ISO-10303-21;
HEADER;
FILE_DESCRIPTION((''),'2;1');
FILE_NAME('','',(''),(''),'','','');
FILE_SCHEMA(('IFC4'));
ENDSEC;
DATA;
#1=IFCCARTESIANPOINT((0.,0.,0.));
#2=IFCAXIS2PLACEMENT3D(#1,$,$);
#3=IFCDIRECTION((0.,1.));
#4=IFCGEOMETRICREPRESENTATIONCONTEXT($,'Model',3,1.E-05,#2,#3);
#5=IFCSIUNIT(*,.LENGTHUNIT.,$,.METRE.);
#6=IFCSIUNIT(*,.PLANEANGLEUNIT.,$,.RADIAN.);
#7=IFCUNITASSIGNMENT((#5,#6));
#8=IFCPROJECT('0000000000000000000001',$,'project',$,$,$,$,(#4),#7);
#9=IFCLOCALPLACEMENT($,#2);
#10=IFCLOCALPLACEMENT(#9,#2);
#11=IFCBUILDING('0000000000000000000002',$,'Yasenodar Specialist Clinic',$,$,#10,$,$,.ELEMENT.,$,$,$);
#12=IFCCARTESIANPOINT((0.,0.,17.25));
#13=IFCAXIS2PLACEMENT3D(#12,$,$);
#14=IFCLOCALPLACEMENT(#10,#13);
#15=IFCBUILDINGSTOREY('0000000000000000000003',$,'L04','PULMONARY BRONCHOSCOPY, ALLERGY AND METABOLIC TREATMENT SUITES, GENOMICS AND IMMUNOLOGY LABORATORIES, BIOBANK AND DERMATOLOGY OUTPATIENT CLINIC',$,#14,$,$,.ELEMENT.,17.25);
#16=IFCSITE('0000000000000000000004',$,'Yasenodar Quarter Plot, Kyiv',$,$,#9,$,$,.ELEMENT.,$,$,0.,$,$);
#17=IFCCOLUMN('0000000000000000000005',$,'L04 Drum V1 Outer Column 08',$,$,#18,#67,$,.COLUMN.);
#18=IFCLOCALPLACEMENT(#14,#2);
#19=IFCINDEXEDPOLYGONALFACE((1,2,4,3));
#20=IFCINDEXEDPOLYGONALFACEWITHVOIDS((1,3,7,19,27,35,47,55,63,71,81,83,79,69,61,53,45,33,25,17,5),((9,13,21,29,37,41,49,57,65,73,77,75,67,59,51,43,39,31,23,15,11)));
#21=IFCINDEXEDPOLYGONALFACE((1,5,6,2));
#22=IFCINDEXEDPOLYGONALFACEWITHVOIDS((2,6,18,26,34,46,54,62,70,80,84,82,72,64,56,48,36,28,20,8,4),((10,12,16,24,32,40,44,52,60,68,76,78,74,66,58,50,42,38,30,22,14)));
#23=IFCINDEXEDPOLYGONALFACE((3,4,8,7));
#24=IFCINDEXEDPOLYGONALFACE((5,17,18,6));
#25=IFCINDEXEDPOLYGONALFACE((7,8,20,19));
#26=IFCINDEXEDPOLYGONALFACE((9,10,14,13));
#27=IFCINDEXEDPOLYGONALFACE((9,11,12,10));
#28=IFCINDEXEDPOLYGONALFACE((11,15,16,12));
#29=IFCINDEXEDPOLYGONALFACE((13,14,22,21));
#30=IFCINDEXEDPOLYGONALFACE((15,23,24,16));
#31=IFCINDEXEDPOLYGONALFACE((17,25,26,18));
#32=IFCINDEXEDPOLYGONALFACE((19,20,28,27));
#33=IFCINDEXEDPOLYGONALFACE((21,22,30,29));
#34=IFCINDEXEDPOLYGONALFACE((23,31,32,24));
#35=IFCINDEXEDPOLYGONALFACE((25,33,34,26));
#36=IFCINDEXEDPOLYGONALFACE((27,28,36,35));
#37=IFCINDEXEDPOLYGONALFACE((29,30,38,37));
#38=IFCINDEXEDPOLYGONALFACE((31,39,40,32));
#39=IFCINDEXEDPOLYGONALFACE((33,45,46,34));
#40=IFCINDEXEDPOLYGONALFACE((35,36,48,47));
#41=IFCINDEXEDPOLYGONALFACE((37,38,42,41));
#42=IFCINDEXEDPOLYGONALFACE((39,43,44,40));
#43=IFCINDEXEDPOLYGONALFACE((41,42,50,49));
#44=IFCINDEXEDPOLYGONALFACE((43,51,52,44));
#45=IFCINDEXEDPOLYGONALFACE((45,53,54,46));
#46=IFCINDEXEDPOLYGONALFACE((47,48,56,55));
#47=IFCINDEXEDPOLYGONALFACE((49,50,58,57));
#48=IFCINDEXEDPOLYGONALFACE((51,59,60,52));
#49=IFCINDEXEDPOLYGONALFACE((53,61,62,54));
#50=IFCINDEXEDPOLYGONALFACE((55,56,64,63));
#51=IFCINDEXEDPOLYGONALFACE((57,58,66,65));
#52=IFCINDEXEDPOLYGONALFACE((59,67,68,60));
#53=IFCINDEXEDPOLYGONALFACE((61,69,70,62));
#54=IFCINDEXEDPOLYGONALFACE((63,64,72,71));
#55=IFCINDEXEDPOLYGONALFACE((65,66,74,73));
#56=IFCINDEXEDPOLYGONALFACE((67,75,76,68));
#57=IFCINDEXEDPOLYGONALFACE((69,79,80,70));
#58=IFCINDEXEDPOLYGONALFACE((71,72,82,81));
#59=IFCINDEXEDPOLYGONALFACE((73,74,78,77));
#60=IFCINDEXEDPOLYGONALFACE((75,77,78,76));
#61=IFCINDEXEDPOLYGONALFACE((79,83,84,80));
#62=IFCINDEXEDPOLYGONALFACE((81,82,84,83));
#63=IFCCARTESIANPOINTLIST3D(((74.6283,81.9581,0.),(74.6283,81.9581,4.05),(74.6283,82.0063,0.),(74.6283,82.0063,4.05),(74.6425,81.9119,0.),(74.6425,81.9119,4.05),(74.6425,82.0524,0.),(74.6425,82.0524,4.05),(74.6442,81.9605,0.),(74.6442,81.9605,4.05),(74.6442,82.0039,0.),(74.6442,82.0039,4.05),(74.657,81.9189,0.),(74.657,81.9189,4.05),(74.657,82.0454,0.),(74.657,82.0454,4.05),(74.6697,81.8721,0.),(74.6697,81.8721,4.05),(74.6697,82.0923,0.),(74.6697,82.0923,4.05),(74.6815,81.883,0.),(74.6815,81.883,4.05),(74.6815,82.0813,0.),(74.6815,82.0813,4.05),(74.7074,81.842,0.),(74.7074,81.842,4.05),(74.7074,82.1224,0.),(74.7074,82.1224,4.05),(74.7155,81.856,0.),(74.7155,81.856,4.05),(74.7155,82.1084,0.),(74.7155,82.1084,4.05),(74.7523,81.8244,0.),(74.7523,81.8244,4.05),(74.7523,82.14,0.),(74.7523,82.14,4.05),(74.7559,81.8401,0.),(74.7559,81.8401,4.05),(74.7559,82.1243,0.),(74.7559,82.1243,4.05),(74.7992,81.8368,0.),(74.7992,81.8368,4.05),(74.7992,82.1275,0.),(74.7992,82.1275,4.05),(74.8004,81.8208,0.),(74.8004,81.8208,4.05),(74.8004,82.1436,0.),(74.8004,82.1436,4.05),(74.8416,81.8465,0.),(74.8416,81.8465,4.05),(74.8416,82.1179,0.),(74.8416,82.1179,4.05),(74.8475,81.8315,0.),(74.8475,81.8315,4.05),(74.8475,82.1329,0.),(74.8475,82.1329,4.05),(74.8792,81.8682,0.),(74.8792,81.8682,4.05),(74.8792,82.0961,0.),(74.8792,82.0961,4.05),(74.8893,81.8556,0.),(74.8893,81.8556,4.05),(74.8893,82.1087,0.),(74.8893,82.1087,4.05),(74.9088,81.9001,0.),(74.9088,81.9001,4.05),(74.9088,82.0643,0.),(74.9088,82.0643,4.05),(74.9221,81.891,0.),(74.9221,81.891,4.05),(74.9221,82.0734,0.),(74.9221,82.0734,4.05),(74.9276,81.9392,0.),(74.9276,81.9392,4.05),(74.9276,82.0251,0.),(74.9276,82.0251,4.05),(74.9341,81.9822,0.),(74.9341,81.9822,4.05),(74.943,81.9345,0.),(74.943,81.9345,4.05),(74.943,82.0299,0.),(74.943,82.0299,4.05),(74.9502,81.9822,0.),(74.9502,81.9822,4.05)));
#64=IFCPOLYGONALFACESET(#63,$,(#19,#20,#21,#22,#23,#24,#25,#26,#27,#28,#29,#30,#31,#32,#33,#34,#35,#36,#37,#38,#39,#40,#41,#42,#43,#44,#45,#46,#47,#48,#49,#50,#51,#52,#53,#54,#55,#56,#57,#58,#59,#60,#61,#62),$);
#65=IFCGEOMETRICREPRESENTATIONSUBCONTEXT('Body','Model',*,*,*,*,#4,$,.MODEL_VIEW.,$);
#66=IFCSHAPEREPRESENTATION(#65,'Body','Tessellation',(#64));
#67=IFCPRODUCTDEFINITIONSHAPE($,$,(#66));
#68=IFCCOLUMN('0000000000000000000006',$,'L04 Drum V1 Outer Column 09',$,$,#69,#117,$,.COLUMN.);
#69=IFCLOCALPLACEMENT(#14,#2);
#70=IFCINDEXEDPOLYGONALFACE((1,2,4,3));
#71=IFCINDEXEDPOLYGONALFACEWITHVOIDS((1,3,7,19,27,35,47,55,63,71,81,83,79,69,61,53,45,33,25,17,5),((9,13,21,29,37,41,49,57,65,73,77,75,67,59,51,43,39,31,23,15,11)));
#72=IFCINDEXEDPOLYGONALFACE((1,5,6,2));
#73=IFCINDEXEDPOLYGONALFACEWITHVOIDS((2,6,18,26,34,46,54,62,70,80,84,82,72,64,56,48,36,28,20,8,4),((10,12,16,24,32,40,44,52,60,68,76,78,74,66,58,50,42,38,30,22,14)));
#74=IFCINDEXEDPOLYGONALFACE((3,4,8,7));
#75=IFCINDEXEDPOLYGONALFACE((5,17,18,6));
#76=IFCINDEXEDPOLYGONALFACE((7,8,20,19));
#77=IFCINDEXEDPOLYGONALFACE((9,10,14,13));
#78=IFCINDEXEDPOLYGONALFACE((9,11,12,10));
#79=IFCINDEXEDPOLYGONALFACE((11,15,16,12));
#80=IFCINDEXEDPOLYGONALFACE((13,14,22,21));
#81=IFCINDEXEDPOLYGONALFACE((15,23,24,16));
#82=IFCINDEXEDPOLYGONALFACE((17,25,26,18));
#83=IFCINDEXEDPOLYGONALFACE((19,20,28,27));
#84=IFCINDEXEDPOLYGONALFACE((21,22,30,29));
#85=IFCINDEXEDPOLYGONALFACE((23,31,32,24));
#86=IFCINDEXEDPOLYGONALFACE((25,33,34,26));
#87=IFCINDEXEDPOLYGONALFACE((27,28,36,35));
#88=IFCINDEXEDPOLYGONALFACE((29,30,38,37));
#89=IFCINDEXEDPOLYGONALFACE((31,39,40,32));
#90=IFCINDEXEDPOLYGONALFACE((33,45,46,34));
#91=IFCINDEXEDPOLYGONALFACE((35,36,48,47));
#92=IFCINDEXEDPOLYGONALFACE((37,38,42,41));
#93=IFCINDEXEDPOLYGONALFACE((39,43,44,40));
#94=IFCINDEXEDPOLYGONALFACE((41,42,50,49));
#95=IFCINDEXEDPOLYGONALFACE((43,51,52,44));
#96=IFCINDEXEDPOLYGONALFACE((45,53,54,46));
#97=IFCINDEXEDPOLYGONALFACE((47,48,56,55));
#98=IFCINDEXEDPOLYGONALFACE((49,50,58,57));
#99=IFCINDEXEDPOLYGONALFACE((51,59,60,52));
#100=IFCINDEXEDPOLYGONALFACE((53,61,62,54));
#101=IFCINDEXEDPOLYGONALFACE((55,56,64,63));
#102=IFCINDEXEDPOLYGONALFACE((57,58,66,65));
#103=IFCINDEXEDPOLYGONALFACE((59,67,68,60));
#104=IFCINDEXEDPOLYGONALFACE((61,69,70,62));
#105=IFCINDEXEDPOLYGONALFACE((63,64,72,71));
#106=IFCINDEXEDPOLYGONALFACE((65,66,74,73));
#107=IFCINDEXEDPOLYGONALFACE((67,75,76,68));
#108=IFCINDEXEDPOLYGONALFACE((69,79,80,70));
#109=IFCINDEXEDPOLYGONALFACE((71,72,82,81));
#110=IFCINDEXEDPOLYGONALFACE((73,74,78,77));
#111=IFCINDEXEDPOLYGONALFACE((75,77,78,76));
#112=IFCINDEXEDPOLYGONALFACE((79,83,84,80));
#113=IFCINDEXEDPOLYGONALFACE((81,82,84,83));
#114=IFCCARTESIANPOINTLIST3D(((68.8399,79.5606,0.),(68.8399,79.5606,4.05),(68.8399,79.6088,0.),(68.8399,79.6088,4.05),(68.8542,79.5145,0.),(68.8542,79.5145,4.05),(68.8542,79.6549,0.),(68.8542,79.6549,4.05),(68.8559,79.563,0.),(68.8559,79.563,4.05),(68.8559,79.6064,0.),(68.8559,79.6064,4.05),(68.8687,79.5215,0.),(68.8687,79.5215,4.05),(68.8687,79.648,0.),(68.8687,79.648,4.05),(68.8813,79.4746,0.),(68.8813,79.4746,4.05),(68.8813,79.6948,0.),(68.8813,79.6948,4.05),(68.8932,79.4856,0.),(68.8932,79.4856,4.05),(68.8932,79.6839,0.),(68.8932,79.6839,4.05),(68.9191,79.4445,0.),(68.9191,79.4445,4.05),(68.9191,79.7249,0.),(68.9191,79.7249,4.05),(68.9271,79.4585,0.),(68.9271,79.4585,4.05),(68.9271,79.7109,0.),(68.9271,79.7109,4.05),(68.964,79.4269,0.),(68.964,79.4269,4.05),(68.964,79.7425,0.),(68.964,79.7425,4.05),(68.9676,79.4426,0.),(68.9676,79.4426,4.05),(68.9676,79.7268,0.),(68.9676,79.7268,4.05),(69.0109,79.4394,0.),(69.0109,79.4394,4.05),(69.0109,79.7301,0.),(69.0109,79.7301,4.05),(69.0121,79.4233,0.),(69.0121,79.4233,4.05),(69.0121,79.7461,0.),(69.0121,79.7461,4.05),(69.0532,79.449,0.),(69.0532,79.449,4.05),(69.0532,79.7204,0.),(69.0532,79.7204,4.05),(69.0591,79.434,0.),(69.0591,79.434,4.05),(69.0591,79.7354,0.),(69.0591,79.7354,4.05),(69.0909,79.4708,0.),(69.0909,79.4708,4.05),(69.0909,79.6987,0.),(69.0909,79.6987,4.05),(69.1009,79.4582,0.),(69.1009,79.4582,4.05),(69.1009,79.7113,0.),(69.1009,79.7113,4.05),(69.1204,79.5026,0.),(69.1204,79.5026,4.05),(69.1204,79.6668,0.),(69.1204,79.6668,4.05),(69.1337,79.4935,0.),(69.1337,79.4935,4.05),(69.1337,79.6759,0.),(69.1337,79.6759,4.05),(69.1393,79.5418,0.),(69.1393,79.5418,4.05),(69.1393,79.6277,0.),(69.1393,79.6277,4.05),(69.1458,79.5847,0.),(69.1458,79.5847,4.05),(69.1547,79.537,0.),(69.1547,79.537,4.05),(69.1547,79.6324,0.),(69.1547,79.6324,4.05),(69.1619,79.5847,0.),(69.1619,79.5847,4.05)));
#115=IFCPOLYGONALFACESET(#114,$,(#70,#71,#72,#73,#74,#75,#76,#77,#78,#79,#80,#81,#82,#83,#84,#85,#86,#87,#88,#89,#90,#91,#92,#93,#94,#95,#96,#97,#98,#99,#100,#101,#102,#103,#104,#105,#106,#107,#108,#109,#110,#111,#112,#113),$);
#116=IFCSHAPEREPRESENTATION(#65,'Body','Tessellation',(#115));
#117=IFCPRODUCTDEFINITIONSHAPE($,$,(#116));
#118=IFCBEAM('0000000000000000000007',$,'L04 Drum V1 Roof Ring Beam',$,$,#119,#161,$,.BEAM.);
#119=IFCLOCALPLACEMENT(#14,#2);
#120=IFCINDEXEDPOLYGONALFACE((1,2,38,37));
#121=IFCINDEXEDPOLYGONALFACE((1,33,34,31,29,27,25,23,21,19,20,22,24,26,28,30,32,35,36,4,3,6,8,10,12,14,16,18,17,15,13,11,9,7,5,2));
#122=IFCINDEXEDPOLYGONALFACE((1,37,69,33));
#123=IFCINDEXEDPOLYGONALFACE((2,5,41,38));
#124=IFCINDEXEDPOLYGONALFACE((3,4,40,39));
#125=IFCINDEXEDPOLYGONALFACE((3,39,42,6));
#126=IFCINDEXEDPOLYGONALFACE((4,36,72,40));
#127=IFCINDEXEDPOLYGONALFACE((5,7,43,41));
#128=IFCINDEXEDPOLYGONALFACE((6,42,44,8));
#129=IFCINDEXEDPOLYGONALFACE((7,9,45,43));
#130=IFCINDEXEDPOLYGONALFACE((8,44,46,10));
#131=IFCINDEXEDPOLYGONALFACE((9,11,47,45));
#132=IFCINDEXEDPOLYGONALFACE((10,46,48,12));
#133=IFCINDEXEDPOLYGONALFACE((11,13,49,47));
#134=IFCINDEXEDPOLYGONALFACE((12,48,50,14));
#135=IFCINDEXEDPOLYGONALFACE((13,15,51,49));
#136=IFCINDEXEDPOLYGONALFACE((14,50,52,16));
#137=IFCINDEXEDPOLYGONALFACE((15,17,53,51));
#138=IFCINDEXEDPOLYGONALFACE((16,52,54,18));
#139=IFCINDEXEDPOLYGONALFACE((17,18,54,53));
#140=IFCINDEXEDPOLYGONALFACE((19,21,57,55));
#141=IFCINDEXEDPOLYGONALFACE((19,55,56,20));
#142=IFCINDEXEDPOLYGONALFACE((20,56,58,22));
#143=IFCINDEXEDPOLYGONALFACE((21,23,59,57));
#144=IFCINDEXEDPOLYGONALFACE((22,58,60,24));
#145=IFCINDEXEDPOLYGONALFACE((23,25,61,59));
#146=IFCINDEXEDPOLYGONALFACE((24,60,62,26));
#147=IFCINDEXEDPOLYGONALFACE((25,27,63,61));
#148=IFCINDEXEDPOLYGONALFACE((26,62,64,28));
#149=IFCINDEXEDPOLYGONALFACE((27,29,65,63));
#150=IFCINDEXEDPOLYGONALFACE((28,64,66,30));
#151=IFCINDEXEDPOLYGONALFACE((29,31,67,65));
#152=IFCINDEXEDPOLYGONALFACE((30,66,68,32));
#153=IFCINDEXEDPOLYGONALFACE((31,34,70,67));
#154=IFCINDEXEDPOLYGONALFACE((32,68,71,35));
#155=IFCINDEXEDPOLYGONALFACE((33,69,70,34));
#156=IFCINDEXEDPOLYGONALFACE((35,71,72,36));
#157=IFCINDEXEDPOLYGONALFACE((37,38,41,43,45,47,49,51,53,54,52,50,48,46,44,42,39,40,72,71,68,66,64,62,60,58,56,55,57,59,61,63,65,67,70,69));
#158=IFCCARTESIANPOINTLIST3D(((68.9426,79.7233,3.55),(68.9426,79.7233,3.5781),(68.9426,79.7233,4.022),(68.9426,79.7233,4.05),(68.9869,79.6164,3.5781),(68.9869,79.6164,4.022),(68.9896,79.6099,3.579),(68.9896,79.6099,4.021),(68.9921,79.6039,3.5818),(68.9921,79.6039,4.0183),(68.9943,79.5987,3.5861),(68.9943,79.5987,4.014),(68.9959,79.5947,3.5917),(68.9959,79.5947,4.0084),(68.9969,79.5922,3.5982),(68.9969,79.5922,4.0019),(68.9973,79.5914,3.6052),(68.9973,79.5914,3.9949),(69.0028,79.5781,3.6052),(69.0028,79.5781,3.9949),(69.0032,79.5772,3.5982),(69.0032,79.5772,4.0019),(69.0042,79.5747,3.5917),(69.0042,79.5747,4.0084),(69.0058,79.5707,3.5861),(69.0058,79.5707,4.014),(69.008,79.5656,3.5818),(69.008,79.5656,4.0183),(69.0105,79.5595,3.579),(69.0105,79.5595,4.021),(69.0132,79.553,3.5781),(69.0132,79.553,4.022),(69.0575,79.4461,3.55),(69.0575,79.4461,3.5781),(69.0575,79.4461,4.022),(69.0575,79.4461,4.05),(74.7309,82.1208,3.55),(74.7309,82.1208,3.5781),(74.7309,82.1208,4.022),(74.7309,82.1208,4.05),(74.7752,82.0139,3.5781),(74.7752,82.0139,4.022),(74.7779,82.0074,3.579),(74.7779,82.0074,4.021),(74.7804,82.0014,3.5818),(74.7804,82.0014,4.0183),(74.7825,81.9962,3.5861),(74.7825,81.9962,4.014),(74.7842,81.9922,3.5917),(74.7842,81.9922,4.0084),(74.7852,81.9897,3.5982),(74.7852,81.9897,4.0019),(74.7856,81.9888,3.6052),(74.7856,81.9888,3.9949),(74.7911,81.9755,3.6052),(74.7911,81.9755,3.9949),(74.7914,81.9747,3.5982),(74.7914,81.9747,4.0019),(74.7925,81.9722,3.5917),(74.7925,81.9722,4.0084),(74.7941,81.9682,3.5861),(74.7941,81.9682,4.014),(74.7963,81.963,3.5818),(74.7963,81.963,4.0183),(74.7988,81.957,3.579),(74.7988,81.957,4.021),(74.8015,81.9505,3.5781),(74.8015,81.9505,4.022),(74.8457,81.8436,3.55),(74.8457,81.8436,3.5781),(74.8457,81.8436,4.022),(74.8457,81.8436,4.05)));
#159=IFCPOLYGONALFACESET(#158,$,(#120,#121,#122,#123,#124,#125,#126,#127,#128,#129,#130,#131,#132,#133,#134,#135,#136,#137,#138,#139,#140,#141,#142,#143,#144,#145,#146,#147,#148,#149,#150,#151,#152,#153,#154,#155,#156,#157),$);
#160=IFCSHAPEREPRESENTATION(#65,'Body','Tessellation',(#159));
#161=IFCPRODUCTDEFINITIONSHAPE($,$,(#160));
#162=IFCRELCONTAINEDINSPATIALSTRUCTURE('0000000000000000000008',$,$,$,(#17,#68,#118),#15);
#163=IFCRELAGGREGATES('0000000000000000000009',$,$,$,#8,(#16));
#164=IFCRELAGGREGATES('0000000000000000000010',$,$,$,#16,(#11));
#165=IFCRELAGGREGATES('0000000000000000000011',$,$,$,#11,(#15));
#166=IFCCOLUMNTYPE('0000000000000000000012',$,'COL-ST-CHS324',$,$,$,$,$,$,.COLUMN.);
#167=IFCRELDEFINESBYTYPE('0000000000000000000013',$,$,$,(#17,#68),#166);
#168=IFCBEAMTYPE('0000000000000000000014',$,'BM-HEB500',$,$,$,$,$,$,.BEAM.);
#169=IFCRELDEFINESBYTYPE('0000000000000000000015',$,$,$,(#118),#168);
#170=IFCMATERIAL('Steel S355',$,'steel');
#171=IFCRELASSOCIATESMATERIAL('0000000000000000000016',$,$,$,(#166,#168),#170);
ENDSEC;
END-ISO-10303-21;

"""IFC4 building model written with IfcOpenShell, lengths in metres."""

from ifc_helpers import new_model, si_unit, direction, frame, origin, origin_2d, place, context, subcontext, project, spatial, hollow_circle, i_section, extrude, material, material_profile, profile_set, type_object, element, save


model = new_model("IFC4")

# Units and contexts
model_context = context("Model", 3, precision=1e-05, world=origin(), true_north=direction((0.0, 1.0)))
body_context = subcontext(model_context, "Body", "Model", "MODEL_VIEW")
ifc_project = project(units=[si_unit("LENGTHUNIT", "METRE"), si_unit("PLANEANGLEUNIT", "RADIAN")], contexts=[model_context])

# Site, building, storey
site_placement = place(None, origin())
site = spatial("IfcSite", under=ifc_project, at=site_placement, Name="Yasenodar Quarter Plot, Kyiv", CompositionType="ELEMENT", RefElevation=0.0)
building_placement = place(site_placement, origin())
building = spatial("IfcBuilding", under=site, at=building_placement, Name="Yasenodar Specialist Clinic", CompositionType="ELEMENT")
storey_placement = place(building_placement, frame((0.0, 0.0, 17.25)))
storey = spatial("IfcBuildingStorey", under=building, at=storey_placement, Name="L04", Description="PULMONARY BRONCHOSCOPY, ALLERGY AND METABOLIC TREATMENT SUITES, GENOMICS AND IMMUNOLOGY LABORATORIES, BIOBANK AND DERMATOLOGY OUTPATIENT CLINIC", CompositionType="ELEMENT", Elevation=17.25)

# Columns
ifc_material_1 = material(Name="Steel S355", Category="steel")
ifc_material_profile_1 = material_profile(ifc_material_1, hollow_circle(Radius=0.1619, WallThickness=0.0161, at=origin_2d()), Name="CHS 323.9x16")
ifc_profile_set_1 = profile_set([ifc_material_profile_1], Name="Steel S355")
column_type = type_object("IfcColumnType", Name="COL-ST-CHS324", PredefinedType="COLUMN", material=ifc_profile_set_1)
for number, where, z_axis, x_axis, name in (
    (1, (74.7883, 81.9822, 0.0), (0.0, 0.0, 1.0), (1.0, 0.0, 0.0), "L04 Drum V1 Outer Column 08"),
    (2, (69.0, 79.5847, 0.0), (0.0, 0.0, 1.0), (1.0, 0.0, 0.0), "L04 Drum V1 Outer Column 09"),
):
    element("IfcColumn", number, at=place(storey_placement, frame(where, z_axis=z_axis, x_axis=x_axis)), inside=storey, type_object=column_type, Name=name, PredefinedType="COLUMN", context=body_context, shape_type="SweptSolid", body=[
        extrude(hollow_circle(Radius=0.1619, WallThickness=0.0161, at=origin_2d()), origin(), (0.0, 0.0, 1.0), 4.05),
    ])

# Beam
ifc_material_profile_2 = material_profile(ifc_material_1, i_section(OverallWidth=0.3, OverallDepth=0.5, WebThickness=0.0144, FlangeThickness=0.0281, FilletRadius=0.0271, at=origin_2d()), Name="HEB 500")
ifc_profile_set_2 = profile_set([ifc_material_profile_2], Name="Steel S355")
beam_type = type_object("IfcBeamType", Name="BM-HEB500", PredefinedType="BEAM", material=ifc_profile_set_2)
beam_1_placement = place(storey_placement, frame((74.7883, 81.9822, 3.8), z_axis=(-0.923888, -0.382664, 0.0), x_axis=(0.382664, -0.923888, 0.0)))
element("IfcBeam", 3, at=beam_1_placement, inside=storey, type_object=beam_type, Name="L04 Drum V1 Roof Ring Beam", PredefinedType="BEAM", context=body_context, shape_type="SweptSolid", body=[
    extrude(i_section(OverallWidth=0.3, OverallDepth=0.5, WebThickness=0.0144, FlangeThickness=0.0281, FilletRadius=0.0271, at=origin_2d()), origin(), (0.0, 0.0, 1.0), 6.2651),
])

save(model, "model.ifc")
